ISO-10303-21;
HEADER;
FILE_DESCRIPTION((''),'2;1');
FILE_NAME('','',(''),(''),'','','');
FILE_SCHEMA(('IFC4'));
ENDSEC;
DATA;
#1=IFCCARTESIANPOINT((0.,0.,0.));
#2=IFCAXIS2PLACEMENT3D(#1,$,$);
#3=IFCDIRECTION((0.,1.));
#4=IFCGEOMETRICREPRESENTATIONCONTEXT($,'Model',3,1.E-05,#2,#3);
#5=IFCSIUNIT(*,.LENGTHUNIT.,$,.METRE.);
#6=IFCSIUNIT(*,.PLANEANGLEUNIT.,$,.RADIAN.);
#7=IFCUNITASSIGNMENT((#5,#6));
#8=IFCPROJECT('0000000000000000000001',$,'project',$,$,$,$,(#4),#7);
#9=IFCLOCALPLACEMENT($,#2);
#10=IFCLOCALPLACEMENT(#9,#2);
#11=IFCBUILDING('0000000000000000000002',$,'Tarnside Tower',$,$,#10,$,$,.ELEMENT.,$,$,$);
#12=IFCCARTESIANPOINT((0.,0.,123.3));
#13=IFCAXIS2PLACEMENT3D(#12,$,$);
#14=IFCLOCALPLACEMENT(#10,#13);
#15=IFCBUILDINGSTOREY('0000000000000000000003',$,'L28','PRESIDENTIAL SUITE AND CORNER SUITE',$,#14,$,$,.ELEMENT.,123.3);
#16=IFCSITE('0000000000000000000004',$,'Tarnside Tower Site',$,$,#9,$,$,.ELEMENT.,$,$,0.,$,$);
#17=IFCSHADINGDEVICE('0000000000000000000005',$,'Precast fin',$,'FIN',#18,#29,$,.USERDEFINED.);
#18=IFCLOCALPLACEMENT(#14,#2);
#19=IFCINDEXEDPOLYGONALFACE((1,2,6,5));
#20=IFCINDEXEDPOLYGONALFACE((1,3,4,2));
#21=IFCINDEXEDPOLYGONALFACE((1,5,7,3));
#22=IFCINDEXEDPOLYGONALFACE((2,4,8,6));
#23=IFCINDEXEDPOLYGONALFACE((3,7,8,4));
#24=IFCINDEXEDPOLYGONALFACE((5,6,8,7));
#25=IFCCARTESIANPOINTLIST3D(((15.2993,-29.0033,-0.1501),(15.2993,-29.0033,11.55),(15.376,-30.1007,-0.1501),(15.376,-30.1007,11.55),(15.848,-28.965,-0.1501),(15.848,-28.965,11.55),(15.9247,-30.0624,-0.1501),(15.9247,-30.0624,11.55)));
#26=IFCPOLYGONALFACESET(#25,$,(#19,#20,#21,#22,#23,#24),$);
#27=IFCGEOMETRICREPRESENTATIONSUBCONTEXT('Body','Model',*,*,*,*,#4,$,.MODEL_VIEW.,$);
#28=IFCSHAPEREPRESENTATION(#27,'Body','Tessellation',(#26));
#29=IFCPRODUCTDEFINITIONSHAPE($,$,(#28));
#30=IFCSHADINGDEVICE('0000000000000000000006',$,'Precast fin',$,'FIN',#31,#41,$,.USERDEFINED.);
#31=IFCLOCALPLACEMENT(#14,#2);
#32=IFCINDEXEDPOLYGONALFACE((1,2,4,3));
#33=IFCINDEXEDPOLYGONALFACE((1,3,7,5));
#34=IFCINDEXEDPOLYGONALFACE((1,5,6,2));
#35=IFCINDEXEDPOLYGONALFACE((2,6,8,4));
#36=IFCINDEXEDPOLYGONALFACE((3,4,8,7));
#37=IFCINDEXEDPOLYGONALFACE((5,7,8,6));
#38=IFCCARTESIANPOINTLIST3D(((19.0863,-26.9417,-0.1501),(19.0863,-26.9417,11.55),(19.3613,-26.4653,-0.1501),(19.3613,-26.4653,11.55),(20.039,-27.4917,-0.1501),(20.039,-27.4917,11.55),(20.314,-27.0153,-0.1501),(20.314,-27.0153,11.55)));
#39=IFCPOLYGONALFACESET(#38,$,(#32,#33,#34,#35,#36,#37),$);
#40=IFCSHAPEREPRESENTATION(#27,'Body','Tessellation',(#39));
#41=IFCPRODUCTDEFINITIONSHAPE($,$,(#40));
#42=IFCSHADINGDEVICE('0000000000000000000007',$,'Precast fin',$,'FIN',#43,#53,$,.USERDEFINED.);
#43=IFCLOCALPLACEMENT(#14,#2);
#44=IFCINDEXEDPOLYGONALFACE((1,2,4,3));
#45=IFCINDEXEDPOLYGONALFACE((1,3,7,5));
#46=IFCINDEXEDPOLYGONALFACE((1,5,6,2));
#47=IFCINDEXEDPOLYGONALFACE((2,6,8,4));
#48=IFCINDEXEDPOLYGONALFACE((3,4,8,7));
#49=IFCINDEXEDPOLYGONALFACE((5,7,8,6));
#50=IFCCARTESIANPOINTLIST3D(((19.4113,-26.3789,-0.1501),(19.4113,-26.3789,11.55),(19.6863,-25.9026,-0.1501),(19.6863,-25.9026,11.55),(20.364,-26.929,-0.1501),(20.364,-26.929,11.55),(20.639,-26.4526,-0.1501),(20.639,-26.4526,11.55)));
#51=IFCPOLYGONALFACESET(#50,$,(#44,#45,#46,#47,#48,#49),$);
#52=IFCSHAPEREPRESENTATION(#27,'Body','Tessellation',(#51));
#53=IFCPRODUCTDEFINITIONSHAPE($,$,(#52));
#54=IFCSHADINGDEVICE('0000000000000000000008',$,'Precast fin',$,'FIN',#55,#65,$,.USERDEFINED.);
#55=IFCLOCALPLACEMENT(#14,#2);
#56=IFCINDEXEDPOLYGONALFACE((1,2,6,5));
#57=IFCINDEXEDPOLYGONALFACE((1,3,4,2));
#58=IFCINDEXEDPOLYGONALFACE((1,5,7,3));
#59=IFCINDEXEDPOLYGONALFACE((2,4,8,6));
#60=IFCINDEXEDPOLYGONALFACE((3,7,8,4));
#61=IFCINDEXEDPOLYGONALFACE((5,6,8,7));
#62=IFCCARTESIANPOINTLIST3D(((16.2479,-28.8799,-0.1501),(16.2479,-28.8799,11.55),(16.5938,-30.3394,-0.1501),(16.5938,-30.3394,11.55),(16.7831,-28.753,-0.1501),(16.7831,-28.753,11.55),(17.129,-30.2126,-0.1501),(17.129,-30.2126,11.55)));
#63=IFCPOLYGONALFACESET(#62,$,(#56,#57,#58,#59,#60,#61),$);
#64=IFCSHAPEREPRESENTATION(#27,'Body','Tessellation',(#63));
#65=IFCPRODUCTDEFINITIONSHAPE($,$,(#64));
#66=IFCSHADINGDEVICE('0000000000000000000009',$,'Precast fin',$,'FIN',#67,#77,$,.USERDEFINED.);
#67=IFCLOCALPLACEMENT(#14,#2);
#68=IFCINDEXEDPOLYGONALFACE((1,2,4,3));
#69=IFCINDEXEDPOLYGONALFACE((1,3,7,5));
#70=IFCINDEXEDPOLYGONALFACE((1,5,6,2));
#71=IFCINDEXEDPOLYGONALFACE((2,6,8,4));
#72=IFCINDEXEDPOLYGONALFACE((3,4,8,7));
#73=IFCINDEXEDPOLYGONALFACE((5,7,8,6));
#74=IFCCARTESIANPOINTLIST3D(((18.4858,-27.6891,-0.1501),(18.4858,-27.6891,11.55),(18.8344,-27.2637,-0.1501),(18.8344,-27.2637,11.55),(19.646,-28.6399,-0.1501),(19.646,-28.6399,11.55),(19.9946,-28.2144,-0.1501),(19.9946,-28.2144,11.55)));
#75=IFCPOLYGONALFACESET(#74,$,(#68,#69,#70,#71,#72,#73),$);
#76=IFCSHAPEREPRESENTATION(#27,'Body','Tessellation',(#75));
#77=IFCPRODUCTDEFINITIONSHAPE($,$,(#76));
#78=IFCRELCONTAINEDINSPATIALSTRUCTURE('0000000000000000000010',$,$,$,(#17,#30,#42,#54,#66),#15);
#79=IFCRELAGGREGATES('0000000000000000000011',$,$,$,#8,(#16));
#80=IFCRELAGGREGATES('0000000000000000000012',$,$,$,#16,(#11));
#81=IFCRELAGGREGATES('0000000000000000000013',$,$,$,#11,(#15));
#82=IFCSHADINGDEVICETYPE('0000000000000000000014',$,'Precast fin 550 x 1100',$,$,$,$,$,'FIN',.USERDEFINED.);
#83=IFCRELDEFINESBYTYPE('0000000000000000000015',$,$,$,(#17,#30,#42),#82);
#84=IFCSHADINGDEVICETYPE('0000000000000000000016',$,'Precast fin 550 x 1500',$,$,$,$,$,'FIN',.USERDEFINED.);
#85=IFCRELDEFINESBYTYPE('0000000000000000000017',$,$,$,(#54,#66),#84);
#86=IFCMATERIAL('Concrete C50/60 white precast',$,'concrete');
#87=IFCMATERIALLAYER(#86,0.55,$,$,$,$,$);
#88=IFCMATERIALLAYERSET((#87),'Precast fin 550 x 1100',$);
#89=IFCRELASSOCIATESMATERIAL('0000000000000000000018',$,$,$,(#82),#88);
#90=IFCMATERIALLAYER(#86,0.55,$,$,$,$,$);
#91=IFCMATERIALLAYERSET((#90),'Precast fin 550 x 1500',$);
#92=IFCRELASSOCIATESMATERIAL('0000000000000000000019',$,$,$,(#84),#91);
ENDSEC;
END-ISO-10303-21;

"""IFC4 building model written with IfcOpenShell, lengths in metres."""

from ifc_helpers import new_model, si_unit, direction, frame, origin, place, context, subcontext, project, spatial, polyline, outline, extrude, material, layer, layer_set, type_object, element, save


model = new_model("IFC4")

# Units and contexts
model_context = context("Model", 3, precision=1e-05, world=origin(), true_north=direction((0.0, 1.0)))
body_context = subcontext(model_context, "Body", "Model", "MODEL_VIEW")
ifc_project = project(units=[si_unit("LENGTHUNIT", "METRE"), si_unit("PLANEANGLEUNIT", "RADIAN")], contexts=[model_context])

# Site, building, storey
site_placement = place(None, origin())
site = spatial("IfcSite", under=ifc_project, at=site_placement, Name="Tarnside Tower Site", CompositionType="ELEMENT", RefElevation=0.0)
building_placement = place(site_placement, origin())
building = spatial("IfcBuilding", under=site, at=building_placement, Name="Tarnside Tower", CompositionType="ELEMENT")
storey_placement = place(building_placement, frame((0.0, 0.0, 123.3)))
storey = spatial("IfcBuildingStorey", under=building, at=storey_placement, Name="L28", Description="PRESIDENTIAL SUITE AND CORNER SUITE", CompositionType="ELEMENT", Elevation=123.3)

# Shading devices
ifc_material_1 = material(Name="Concrete C50/60 white precast", Category="concrete")
ifc_layer_1 = layer(ifc_material_1, 0.55)
ifc_layer_set_1 = layer_set([ifc_layer_1], Name="Precast fin 550 x 1100")
shading_device_type_1 = type_object("IfcShadingDeviceType", Name="Precast fin 550 x 1100", ElementType="FIN", PredefinedType="USERDEFINED", material=ifc_layer_set_1)
for number, where, z_axis, x_axis, name in (
    (1, (15.5737, -28.9841, -0.1501), (-0.997564, -0.069756, 0.0), (0.069756, -0.997564, 0.0), "Precast fin"),
    (2, (19.2239, -26.7034, -0.1501), (-0.5, -0.866025, 0.0), (0.866025, -0.5, 0.0), "Precast fin"),
    (3, (19.5488, -26.1406, -0.1501), (-0.5, -0.866025, 0.0), (0.866025, -0.5, 0.0), "Precast fin"),
):
    element("IfcShadingDevice", number, at=place(storey_placement, frame(where, z_axis=z_axis, x_axis=x_axis)), inside=storey, type_object=shading_device_type_1, Name=name, ObjectType="FIN", PredefinedType="USERDEFINED", context=body_context, shape_type="SweptSolid", body=[
        extrude(outline(polyline([(0.0, 0.0), (1.1001, 0.0), (1.1001, 11.7002), (0.0, 11.7002), (0.0, 0.0)])), frame((0.0, 0.0, -0.2749)), (0.0, 0.0, 1.0), 0.55),
    ])
ifc_layer_2 = layer(ifc_material_1, 0.55)
ifc_layer_set_2 = layer_set([ifc_layer_2], Name="Precast fin 550 x 1500")
shading_device_type_2 = type_object("IfcShadingDeviceType", Name="Precast fin 550 x 1500", ElementType="FIN", PredefinedType="USERDEFINED", material=ifc_layer_set_2)
for number, where, z_axis, x_axis, name in (
    (4, (16.5156, -28.8164, -0.1501), (-0.973045, -0.230616, 0.0), (0.230616, -0.973045, 0.0), "Precast fin"),
    (5, (18.6602, -27.4763, -0.1501), (-0.633831, -0.773472, 0.0), (0.773472, -0.633831, 0.0), "Precast fin"),
):
    element("IfcShadingDevice", number, at=place(storey_placement, frame(where, z_axis=z_axis, x_axis=x_axis)), inside=storey, type_object=shading_device_type_2, Name=name, ObjectType="FIN", PredefinedType="USERDEFINED", context=body_context, shape_type="SweptSolid", body=[
        extrude(outline(polyline([(0.0, 0.0), (1.5, 0.0), (1.5, 11.7002), (0.0, 11.7002), (0.0, 0.0)])), frame((0.0, 0.0, -0.2749)), (0.0, 0.0, 1.0), 0.55),
    ])

save(model, "model.ifc")
